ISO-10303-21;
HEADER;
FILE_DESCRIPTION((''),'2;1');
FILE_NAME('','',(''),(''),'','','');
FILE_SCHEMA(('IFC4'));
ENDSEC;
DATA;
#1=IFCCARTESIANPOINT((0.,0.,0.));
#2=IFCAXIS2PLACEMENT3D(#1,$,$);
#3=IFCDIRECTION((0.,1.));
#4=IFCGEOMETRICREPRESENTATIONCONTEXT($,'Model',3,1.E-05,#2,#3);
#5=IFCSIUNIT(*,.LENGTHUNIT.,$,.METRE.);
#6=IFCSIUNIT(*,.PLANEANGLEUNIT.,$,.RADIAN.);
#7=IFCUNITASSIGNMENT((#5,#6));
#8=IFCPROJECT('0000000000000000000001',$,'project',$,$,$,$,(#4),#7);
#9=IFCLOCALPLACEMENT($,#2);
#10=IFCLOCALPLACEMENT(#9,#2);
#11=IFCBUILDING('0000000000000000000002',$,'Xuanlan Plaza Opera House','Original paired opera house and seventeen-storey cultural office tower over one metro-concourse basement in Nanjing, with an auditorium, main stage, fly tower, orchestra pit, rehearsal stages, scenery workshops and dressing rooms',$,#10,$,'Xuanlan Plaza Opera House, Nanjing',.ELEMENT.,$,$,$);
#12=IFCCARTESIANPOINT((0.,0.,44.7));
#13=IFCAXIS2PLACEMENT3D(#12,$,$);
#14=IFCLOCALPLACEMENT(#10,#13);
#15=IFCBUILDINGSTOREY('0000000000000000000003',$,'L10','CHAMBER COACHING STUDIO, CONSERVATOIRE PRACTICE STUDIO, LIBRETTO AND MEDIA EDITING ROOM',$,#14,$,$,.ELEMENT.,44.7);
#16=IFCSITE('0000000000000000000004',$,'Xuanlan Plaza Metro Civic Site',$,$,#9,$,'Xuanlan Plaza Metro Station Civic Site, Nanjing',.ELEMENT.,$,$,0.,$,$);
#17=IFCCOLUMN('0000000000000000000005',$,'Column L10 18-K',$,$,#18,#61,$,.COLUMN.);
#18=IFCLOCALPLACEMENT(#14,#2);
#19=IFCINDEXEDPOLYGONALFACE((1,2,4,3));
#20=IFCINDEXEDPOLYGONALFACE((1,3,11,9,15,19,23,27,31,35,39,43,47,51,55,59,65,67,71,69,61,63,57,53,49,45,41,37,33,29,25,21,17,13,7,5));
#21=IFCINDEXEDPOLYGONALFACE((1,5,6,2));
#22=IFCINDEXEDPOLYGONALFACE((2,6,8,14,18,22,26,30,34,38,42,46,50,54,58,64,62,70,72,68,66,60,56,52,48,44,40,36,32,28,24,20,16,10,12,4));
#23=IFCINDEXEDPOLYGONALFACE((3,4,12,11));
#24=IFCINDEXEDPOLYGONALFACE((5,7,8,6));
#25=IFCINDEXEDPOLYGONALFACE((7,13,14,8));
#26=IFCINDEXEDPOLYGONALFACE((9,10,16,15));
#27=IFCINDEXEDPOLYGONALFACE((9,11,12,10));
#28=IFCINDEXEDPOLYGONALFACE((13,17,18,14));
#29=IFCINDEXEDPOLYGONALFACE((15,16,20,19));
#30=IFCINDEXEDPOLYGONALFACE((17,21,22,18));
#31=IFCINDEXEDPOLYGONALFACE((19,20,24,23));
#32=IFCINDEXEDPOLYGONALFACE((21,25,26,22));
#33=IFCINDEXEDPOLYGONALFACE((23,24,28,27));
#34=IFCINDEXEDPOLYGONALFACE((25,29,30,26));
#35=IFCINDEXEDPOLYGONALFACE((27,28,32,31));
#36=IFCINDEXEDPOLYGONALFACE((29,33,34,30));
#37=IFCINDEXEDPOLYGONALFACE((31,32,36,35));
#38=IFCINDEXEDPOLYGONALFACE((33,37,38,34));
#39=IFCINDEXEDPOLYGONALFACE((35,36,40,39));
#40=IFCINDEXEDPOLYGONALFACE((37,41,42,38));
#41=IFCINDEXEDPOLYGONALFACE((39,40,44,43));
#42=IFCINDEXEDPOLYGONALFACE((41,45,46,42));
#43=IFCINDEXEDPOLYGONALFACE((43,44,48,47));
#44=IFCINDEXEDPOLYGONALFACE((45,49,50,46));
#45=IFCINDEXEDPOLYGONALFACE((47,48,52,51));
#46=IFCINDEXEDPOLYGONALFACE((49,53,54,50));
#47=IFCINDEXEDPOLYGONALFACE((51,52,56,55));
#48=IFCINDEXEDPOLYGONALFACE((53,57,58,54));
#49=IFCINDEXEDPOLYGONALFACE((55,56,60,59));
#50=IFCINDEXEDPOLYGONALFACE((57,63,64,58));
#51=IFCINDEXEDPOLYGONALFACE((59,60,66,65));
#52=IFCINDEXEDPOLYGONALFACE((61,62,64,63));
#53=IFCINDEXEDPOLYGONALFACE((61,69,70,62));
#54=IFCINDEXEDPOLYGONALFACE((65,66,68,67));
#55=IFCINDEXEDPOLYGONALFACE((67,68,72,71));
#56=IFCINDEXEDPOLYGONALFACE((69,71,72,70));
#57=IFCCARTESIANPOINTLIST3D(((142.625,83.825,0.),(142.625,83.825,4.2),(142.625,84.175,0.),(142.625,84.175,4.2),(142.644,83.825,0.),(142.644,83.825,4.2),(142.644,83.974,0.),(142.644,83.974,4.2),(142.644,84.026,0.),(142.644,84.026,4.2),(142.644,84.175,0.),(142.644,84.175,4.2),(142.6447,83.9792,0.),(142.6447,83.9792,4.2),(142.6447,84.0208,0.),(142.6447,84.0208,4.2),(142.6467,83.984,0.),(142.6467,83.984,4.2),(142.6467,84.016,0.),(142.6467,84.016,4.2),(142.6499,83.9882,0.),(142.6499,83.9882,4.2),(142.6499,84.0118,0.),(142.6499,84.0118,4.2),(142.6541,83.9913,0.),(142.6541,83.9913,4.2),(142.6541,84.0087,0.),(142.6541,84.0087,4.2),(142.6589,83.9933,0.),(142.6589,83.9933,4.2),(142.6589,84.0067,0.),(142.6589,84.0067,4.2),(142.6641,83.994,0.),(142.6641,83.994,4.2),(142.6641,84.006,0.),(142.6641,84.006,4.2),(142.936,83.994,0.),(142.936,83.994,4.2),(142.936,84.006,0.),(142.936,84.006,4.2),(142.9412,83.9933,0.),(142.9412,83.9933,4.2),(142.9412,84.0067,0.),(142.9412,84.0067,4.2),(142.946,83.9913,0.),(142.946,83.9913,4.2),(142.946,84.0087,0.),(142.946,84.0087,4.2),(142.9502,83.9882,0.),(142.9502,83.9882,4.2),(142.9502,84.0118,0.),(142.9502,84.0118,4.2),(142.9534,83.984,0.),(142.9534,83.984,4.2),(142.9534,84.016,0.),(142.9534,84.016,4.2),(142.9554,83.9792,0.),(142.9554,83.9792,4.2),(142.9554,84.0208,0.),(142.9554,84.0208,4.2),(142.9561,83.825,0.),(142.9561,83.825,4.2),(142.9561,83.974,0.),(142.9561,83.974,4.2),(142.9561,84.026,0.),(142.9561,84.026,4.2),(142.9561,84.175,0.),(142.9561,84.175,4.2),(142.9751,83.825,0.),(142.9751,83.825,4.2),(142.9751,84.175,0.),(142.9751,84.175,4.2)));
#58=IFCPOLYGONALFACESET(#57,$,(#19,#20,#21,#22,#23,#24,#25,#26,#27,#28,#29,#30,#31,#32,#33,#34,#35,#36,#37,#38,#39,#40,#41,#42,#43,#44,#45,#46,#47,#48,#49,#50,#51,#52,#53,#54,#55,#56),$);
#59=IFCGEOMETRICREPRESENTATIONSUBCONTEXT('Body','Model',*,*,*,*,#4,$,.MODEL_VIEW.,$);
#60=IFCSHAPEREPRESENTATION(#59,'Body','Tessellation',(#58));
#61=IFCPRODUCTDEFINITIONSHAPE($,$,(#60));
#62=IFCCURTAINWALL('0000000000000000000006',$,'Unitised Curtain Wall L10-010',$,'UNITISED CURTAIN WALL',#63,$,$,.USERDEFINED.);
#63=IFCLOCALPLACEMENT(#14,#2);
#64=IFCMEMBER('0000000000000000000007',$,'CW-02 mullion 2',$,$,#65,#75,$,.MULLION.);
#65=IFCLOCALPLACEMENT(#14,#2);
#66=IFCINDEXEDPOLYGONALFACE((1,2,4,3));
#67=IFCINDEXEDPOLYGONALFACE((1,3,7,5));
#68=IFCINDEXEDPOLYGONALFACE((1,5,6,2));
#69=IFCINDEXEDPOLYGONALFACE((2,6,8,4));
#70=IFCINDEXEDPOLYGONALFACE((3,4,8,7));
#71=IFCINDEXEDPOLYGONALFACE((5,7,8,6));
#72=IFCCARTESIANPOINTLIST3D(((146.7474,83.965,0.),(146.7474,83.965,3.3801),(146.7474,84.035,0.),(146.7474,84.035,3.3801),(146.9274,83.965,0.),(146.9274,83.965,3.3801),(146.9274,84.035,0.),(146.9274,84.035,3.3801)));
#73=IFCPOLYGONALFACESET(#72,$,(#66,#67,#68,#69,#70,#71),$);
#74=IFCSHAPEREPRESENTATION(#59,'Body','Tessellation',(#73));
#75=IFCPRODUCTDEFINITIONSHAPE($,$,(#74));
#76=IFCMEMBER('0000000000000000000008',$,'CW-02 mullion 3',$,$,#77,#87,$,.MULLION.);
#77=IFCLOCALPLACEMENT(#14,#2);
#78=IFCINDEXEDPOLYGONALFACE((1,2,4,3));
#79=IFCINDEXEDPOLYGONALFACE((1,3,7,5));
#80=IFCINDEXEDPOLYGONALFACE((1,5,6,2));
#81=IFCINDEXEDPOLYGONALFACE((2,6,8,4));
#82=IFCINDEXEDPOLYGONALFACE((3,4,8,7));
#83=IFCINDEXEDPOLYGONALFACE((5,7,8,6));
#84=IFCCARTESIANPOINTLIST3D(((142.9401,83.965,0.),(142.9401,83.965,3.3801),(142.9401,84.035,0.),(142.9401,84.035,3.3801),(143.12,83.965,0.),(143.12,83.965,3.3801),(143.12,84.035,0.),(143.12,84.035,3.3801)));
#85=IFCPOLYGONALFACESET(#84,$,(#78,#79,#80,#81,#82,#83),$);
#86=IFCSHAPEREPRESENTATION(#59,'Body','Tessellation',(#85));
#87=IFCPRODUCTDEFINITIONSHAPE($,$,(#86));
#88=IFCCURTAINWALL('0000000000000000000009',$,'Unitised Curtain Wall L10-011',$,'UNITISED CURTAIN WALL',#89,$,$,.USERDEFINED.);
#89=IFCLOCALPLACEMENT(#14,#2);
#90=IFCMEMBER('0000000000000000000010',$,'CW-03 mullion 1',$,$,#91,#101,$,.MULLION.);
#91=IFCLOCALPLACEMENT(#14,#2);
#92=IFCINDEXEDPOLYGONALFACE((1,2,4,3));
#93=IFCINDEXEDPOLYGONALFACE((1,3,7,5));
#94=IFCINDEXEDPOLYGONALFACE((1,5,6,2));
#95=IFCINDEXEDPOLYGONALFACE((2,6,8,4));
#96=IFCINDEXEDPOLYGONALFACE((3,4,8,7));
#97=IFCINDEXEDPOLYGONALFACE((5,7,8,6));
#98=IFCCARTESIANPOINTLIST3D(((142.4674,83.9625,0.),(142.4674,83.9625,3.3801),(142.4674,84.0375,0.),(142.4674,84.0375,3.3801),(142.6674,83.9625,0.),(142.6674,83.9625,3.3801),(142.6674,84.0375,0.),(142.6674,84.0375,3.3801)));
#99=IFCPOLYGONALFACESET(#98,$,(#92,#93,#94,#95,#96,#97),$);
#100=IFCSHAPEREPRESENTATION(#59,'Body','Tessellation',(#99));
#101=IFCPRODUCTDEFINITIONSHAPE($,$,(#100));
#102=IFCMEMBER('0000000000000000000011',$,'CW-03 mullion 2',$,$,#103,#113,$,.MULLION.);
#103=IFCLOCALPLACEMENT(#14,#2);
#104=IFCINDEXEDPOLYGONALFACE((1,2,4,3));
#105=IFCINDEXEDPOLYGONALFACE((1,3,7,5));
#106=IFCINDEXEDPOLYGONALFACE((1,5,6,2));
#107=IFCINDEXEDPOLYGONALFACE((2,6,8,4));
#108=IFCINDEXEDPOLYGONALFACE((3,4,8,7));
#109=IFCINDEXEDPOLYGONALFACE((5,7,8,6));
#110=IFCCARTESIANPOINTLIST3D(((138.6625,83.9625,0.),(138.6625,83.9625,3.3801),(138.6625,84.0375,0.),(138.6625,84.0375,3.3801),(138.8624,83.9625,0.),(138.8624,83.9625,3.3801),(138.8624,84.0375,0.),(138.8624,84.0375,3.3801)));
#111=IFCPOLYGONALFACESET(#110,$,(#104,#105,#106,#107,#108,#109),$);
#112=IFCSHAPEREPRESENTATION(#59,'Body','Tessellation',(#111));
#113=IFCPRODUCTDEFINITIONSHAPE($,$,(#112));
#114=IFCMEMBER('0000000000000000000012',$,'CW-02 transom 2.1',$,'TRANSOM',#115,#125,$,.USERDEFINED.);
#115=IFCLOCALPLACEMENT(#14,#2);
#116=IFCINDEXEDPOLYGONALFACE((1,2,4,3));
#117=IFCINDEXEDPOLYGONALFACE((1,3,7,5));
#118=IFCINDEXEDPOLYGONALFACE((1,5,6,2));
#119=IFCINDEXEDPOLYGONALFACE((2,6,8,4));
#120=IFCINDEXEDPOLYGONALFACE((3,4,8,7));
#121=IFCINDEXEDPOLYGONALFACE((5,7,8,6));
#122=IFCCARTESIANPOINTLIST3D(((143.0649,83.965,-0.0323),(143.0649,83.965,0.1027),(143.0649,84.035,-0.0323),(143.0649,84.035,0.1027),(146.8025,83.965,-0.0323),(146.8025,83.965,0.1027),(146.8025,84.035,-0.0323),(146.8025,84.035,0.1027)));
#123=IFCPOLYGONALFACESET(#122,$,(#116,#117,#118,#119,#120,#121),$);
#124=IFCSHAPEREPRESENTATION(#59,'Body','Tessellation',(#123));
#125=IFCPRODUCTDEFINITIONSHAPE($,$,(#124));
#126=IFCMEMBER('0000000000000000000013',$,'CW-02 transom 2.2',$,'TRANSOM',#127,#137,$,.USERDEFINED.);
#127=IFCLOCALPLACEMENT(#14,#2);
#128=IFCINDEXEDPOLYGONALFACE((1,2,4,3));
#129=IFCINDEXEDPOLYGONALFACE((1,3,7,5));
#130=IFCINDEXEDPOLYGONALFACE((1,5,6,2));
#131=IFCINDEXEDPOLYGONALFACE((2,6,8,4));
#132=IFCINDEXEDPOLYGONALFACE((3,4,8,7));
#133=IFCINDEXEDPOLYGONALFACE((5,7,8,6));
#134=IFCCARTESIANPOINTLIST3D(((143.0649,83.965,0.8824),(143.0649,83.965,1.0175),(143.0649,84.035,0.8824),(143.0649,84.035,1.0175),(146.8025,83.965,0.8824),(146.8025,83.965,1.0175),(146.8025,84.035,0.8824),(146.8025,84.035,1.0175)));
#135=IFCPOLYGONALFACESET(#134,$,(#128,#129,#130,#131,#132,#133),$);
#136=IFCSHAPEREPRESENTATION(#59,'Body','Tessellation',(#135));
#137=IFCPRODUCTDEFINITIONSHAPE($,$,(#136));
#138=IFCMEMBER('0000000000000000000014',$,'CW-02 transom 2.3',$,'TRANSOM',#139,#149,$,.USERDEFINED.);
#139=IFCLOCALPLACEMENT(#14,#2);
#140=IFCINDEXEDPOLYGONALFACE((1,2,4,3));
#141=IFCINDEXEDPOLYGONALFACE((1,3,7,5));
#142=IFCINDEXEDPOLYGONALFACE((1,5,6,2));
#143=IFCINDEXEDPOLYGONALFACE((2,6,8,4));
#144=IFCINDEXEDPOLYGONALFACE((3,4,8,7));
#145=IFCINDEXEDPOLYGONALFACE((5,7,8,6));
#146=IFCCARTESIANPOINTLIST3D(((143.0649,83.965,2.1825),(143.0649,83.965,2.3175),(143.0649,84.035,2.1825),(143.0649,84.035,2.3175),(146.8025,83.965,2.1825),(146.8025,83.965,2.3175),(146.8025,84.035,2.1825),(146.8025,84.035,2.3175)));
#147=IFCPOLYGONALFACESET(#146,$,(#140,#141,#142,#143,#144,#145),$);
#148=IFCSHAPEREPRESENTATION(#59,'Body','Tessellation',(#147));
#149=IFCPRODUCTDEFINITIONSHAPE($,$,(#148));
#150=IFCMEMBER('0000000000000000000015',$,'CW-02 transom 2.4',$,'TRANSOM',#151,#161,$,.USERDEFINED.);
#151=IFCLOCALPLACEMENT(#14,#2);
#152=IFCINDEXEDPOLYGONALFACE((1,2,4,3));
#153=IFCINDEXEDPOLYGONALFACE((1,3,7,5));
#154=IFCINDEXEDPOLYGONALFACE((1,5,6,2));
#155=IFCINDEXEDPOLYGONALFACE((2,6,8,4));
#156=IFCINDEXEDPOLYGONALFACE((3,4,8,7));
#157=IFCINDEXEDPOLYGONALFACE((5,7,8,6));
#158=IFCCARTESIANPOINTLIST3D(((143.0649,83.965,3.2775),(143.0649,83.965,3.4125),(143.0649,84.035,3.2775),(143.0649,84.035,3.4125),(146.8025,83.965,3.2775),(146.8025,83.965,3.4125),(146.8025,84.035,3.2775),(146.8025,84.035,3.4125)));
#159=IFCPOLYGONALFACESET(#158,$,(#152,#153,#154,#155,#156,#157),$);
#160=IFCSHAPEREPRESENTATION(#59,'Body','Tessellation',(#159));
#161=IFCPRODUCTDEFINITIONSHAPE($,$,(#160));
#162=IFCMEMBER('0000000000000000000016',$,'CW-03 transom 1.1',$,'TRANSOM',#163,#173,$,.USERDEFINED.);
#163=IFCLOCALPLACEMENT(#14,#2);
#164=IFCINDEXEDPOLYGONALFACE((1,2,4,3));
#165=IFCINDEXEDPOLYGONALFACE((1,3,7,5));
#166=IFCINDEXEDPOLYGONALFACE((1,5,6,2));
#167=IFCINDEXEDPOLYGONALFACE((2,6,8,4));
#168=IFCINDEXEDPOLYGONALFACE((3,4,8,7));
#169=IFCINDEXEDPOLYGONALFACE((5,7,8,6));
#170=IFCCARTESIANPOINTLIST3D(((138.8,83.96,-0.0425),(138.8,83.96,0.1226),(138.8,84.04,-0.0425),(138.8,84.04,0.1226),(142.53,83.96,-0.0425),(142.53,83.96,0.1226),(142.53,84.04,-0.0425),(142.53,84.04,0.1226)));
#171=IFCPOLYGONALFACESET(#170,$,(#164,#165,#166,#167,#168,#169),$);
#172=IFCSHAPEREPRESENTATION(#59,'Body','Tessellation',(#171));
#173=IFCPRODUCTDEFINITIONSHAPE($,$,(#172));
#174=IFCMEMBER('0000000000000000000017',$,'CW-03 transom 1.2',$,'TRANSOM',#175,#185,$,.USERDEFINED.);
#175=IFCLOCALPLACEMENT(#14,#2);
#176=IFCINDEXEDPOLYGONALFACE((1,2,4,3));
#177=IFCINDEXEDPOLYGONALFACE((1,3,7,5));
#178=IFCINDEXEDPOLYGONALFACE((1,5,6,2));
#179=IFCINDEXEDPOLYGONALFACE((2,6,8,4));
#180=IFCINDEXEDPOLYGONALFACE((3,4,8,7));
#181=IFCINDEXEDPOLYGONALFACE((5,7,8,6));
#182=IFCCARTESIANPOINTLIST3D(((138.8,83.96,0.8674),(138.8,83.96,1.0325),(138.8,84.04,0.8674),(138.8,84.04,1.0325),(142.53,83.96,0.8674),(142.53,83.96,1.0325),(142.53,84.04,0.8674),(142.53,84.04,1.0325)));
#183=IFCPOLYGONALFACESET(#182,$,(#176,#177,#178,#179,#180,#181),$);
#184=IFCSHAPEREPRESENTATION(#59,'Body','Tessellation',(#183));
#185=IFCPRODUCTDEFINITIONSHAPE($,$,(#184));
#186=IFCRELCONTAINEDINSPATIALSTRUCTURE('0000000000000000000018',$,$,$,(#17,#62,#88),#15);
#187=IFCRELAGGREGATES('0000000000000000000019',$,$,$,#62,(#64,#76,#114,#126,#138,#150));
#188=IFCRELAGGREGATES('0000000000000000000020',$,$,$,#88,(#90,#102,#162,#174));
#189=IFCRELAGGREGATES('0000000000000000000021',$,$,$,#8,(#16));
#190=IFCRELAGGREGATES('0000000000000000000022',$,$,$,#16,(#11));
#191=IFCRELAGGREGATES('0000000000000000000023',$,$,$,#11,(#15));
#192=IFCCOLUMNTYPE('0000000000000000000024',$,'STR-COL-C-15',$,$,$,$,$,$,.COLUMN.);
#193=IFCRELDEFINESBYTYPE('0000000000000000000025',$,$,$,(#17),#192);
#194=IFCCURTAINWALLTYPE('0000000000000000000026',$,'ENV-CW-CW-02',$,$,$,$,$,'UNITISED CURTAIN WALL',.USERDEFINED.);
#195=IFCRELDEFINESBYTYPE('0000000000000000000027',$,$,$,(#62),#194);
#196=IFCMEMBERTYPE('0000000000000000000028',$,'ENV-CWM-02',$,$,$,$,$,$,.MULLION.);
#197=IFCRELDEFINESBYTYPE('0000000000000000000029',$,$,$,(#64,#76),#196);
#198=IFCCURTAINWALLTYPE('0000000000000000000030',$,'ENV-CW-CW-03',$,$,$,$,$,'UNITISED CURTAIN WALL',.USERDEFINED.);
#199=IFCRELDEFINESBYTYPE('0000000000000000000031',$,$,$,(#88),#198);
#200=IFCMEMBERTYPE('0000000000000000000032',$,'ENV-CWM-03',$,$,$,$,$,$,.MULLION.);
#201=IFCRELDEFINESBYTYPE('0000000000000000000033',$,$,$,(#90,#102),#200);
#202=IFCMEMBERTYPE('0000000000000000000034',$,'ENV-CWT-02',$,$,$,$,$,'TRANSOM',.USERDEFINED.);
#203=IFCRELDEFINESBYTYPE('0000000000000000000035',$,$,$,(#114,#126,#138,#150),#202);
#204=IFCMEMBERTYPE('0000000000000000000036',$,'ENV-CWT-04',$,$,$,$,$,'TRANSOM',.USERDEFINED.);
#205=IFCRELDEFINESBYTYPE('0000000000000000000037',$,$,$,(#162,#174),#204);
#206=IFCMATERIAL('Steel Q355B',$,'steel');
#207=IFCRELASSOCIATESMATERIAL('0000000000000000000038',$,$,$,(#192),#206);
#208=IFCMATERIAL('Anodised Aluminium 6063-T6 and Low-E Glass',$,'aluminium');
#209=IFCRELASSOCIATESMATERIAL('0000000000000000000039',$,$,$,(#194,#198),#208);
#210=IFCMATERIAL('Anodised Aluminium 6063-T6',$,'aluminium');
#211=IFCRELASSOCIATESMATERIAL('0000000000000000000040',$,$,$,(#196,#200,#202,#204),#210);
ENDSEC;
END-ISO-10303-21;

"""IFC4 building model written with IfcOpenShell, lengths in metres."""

from ifc_helpers import new_model, si_unit, direction, frame, origin, origin_2d, place, context, subcontext, project, spatial, rectangle, i_section, extrude, material, material_profile, profile_set, type_object, element, aggregate, save


model = new_model("IFC4")

# Units and contexts
model_context = context("Model", 3, precision=1e-05, world=origin(), true_north=direction((0.0, 1.0)))
body_context = subcontext(model_context, "Body", "Model", "MODEL_VIEW")
ifc_project = project(units=[si_unit("LENGTHUNIT", "METRE"), si_unit("PLANEANGLEUNIT", "RADIAN")], contexts=[model_context])

# Site, building, storey
site_placement = place(None, origin())
site = spatial("IfcSite", under=ifc_project, at=site_placement, Name="Xuanlan Plaza Metro Civic Site", LongName="Xuanlan Plaza Metro Station Civic Site, Nanjing", CompositionType="ELEMENT", RefElevation=0.0)
building_placement = place(site_placement, origin())
building = spatial("IfcBuilding", under=site, at=building_placement, Name="Xuanlan Plaza Opera House", Description="Original paired opera house and seventeen-storey cultural office tower over one metro-concourse basement in Nanjing, with an auditorium, main stage, fly tower, orchestra pit, rehearsal stages, scenery workshops and dressing rooms", LongName="Xuanlan Plaza Opera House, Nanjing", CompositionType="ELEMENT")
storey_placement = place(building_placement, frame((0.0, 0.0, 44.7)))
storey = spatial("IfcBuildingStorey", under=building, at=storey_placement, Name="L10", Description="CHAMBER COACHING STUDIO, CONSERVATOIRE PRACTICE STUDIO, LIBRETTO AND MEDIA EDITING ROOM", CompositionType="ELEMENT", Elevation=44.7)

# Column
ifc_material_1 = material(Name="Steel Q355B", Category="steel")
ifc_material_profile_1 = material_profile(ifc_material_1, i_section(OverallWidth=0.3501, OverallDepth=0.3501, WebThickness=0.012, FlangeThickness=0.019, FilletRadius=0.02, at=origin_2d()), Name="HW 350x350x12x19")
ifc_profile_set_1 = profile_set([ifc_material_profile_1], Name="Steel Q355B")
column_type = type_object("IfcColumnType", Name="STR-COL-C-15", PredefinedType="COLUMN", material=ifc_profile_set_1)
column_placement = place(storey_placement, frame((142.8, 84.0, 0.0), z_axis=(0.0, 0.0, 1.0), x_axis=(0.0, 1.0, 0.0)))
element("IfcColumn", 1, at=column_placement, inside=storey, type_object=column_type, Name="Column L10 18-K", PredefinedType="COLUMN", context=body_context, shape_type="SweptSolid", body=[
    extrude(i_section(OverallWidth=0.3501, OverallDepth=0.3501, WebThickness=0.012, FlangeThickness=0.019, FilletRadius=0.02, at=origin_2d()), origin(), (0.0, 0.0, 1.0), 4.2),
])

# Curtain walls, members
ifc_material_2 = material(Name="Anodised Aluminium 6063-T6 and Low-E Glass", Category="aluminium")
curtain_wall_type_1 = type_object("IfcCurtainWallType", Name="ENV-CW-CW-02", ElementType="UNITISED CURTAIN WALL", PredefinedType="USERDEFINED", material=ifc_material_2)
curtain_wall_1_placement = place(storey_placement, origin())
curtain_wall_1 = element("IfcCurtainWall", 2, at=curtain_wall_1_placement, inside=storey, type_object=curtain_wall_type_1, Name="Unitised Curtain Wall L10-010", ObjectType="UNITISED CURTAIN WALL", PredefinedType="USERDEFINED")
ifc_material_3 = material(Name="Anodised Aluminium 6063-T6", Category="aluminium")
ifc_material_profile_2 = material_profile(ifc_material_3, rectangle(XDim=0.0701, YDim=0.1799, at=origin_2d()), Name="ALU-M 70x180")
ifc_profile_set_2 = profile_set([ifc_material_profile_2], Name="Anodised Aluminium 6063-T6")
member_type_1 = type_object("IfcMemberType", Name="ENV-CWM-02", PredefinedType="MULLION", material=ifc_profile_set_2)
member_1_placement = place(storey_placement, frame((146.8374, 84.0, 0.0), z_axis=(0.0, 0.0, 1.0), x_axis=(0.0, -1.0, 0.0)))
member_1 = element("IfcMember", 3, at=member_1_placement, type_object=member_type_1, Name="CW-02 mullion 2", PredefinedType="MULLION", context=body_context, shape_type="SweptSolid", body=[
    extrude(rectangle(XDim=0.0701, YDim=0.1799, at=origin_2d()), origin(), (0.0, 0.0, 1.0), 3.3801),
])
member_2_placement = place(storey_placement, frame((143.03, 84.0, 0.0), z_axis=(0.0, 0.0, 1.0), x_axis=(0.0, -1.0, 0.0)))
member_2 = element("IfcMember", 4, at=member_2_placement, type_object=member_type_1, Name="CW-02 mullion 3", PredefinedType="MULLION", context=body_context, shape_type="SweptSolid", body=[
    extrude(rectangle(XDim=0.0701, YDim=0.1799, at=origin_2d()), origin(), (0.0, 0.0, 1.0), 3.3801),
])
curtain_wall_type_2 = type_object("IfcCurtainWallType", Name="ENV-CW-CW-03", ElementType="UNITISED CURTAIN WALL", PredefinedType="USERDEFINED", material=ifc_material_2)
curtain_wall_2_placement = place(storey_placement, origin())
curtain_wall_2 = element("IfcCurtainWall", 5, at=curtain_wall_2_placement, inside=storey, type_object=curtain_wall_type_2, Name="Unitised Curtain Wall L10-011", ObjectType="UNITISED CURTAIN WALL", PredefinedType="USERDEFINED")
ifc_material_profile_3 = material_profile(ifc_material_3, rectangle(XDim=0.075, YDim=0.2, at=origin_2d()), Name="ALU-M 75x200")
ifc_profile_set_3 = profile_set([ifc_material_profile_3], Name="Anodised Aluminium 6063-T6")
member_type_2 = type_object("IfcMemberType", Name="ENV-CWM-03", PredefinedType="MULLION", material=ifc_profile_set_3)
member_3_placement = place(storey_placement, frame((142.5674, 84.0, 0.0), z_axis=(0.0, 0.0, 1.0), x_axis=(0.0, -1.0, 0.0)))
member_3 = element("IfcMember", 6, at=member_3_placement, type_object=member_type_2, Name="CW-03 mullion 1", PredefinedType="MULLION", context=body_context, shape_type="SweptSolid", body=[
    extrude(rectangle(XDim=0.075, YDim=0.2, at=origin_2d()), origin(), (0.0, 0.0, 1.0), 3.3801),
])
member_4_placement = place(storey_placement, frame((138.7625, 84.0, 0.0), z_axis=(0.0, 0.0, 1.0), x_axis=(0.0, -1.0, 0.0)))
member_4 = element("IfcMember", 7, at=member_4_placement, type_object=member_type_2, Name="CW-03 mullion 2", PredefinedType="MULLION", context=body_context, shape_type="SweptSolid", body=[
    extrude(rectangle(XDim=0.075, YDim=0.2, at=origin_2d()), origin(), (0.0, 0.0, 1.0), 3.3801),
])

# Members
ifc_material_profile_4 = material_profile(ifc_material_3, rectangle(XDim=0.0701, YDim=0.135, at=origin_2d()), Name="ALU-T 70x135")
ifc_profile_set_4 = profile_set([ifc_material_profile_4], Name="Anodised Aluminium 6063-T6")
member_type_3 = type_object("IfcMemberType", Name="ENV-CWT-02", ElementType="TRANSOM", PredefinedType="USERDEFINED", material=ifc_profile_set_4)
member_5_placement = place(storey_placement, frame((146.8025, 84.0, 0.0352), z_axis=(-1.0, 0.0, 0.0), x_axis=(0.0, -1.0, 0.0)))
member_5 = element("IfcMember", 8, at=member_5_placement, type_object=member_type_3, Name="CW-02 transom 2.1", ObjectType="TRANSOM", PredefinedType="USERDEFINED", context=body_context, shape_type="SweptSolid", body=[
    extrude(rectangle(XDim=0.0701, YDim=0.135, at=origin_2d()), origin(), (0.0, 0.0, 1.0), 3.7375),
])
member_6_placement = place(storey_placement, frame((146.8025, 84.0, 0.95), z_axis=(-1.0, 0.0, 0.0), x_axis=(0.0, -1.0, 0.0)))
member_6 = element("IfcMember", 9, at=member_6_placement, type_object=member_type_3, Name="CW-02 transom 2.2", ObjectType="TRANSOM", PredefinedType="USERDEFINED", context=body_context, shape_type="SweptSolid", body=[
    extrude(rectangle(XDim=0.0701, YDim=0.135, at=origin_2d()), origin(), (0.0, 0.0, 1.0), 3.7375),
])
member_7_placement = place(storey_placement, frame((146.8025, 84.0, 2.25), z_axis=(-1.0, 0.0, 0.0), x_axis=(0.0, -1.0, 0.0)))
member_7 = element("IfcMember", 10, at=member_7_placement, type_object=member_type_3, Name="CW-02 transom 2.3", ObjectType="TRANSOM", PredefinedType="USERDEFINED", context=body_context, shape_type="SweptSolid", body=[
    extrude(rectangle(XDim=0.0701, YDim=0.135, at=origin_2d()), origin(), (0.0, 0.0, 1.0), 3.7375),
])
member_8_placement = place(storey_placement, frame((146.8025, 84.0, 3.345), z_axis=(-1.0, 0.0, 0.0), x_axis=(0.0, -1.0, 0.0)))
member_8 = element("IfcMember", 11, at=member_8_placement, type_object=member_type_3, Name="CW-02 transom 2.4", ObjectType="TRANSOM", PredefinedType="USERDEFINED", context=body_context, shape_type="SweptSolid", body=[
    extrude(rectangle(XDim=0.0701, YDim=0.135, at=origin_2d()), origin(), (0.0, 0.0, 1.0), 3.7375),
])
ifc_material_profile_5 = material_profile(ifc_material_3, rectangle(XDim=0.0801, YDim=0.165, at=origin_2d()), Name="ALU-T 80x165")
ifc_profile_set_5 = profile_set([ifc_material_profile_5], Name="Anodised Aluminium 6063-T6")
member_type_4 = type_object("IfcMemberType", Name="ENV-CWT-04", ElementType="TRANSOM", PredefinedType="USERDEFINED", material=ifc_profile_set_5)
member_9_placement = place(storey_placement, frame((142.53, 84.0, 0.04), z_axis=(-1.0, 0.0, 0.0), x_axis=(0.0, -1.0, 0.0)))
member_9 = element("IfcMember", 12, at=member_9_placement, type_object=member_type_4, Name="CW-03 transom 1.1", ObjectType="TRANSOM", PredefinedType="USERDEFINED", context=body_context, shape_type="SweptSolid", body=[
    extrude(rectangle(XDim=0.0801, YDim=0.165, at=origin_2d()), origin(), (0.0, 0.0, 1.0), 3.73),
])
member_10_placement = place(storey_placement, frame((142.53, 84.0, 0.95), z_axis=(-1.0, 0.0, 0.0), x_axis=(0.0, -1.0, 0.0)))
member_10 = element("IfcMember", 13, at=member_10_placement, type_object=member_type_4, Name="CW-03 transom 1.2", ObjectType="TRANSOM", PredefinedType="USERDEFINED", context=body_context, shape_type="SweptSolid", body=[
    extrude(rectangle(XDim=0.0801, YDim=0.165, at=origin_2d()), origin(), (0.0, 0.0, 1.0), 3.73),
])

aggregate(curtain_wall_1, [member_1, member_2, member_5, member_6, member_7, member_8])
aggregate(curtain_wall_2, [member_3, member_4, member_9, member_10])

save(model, "model.ifc")
